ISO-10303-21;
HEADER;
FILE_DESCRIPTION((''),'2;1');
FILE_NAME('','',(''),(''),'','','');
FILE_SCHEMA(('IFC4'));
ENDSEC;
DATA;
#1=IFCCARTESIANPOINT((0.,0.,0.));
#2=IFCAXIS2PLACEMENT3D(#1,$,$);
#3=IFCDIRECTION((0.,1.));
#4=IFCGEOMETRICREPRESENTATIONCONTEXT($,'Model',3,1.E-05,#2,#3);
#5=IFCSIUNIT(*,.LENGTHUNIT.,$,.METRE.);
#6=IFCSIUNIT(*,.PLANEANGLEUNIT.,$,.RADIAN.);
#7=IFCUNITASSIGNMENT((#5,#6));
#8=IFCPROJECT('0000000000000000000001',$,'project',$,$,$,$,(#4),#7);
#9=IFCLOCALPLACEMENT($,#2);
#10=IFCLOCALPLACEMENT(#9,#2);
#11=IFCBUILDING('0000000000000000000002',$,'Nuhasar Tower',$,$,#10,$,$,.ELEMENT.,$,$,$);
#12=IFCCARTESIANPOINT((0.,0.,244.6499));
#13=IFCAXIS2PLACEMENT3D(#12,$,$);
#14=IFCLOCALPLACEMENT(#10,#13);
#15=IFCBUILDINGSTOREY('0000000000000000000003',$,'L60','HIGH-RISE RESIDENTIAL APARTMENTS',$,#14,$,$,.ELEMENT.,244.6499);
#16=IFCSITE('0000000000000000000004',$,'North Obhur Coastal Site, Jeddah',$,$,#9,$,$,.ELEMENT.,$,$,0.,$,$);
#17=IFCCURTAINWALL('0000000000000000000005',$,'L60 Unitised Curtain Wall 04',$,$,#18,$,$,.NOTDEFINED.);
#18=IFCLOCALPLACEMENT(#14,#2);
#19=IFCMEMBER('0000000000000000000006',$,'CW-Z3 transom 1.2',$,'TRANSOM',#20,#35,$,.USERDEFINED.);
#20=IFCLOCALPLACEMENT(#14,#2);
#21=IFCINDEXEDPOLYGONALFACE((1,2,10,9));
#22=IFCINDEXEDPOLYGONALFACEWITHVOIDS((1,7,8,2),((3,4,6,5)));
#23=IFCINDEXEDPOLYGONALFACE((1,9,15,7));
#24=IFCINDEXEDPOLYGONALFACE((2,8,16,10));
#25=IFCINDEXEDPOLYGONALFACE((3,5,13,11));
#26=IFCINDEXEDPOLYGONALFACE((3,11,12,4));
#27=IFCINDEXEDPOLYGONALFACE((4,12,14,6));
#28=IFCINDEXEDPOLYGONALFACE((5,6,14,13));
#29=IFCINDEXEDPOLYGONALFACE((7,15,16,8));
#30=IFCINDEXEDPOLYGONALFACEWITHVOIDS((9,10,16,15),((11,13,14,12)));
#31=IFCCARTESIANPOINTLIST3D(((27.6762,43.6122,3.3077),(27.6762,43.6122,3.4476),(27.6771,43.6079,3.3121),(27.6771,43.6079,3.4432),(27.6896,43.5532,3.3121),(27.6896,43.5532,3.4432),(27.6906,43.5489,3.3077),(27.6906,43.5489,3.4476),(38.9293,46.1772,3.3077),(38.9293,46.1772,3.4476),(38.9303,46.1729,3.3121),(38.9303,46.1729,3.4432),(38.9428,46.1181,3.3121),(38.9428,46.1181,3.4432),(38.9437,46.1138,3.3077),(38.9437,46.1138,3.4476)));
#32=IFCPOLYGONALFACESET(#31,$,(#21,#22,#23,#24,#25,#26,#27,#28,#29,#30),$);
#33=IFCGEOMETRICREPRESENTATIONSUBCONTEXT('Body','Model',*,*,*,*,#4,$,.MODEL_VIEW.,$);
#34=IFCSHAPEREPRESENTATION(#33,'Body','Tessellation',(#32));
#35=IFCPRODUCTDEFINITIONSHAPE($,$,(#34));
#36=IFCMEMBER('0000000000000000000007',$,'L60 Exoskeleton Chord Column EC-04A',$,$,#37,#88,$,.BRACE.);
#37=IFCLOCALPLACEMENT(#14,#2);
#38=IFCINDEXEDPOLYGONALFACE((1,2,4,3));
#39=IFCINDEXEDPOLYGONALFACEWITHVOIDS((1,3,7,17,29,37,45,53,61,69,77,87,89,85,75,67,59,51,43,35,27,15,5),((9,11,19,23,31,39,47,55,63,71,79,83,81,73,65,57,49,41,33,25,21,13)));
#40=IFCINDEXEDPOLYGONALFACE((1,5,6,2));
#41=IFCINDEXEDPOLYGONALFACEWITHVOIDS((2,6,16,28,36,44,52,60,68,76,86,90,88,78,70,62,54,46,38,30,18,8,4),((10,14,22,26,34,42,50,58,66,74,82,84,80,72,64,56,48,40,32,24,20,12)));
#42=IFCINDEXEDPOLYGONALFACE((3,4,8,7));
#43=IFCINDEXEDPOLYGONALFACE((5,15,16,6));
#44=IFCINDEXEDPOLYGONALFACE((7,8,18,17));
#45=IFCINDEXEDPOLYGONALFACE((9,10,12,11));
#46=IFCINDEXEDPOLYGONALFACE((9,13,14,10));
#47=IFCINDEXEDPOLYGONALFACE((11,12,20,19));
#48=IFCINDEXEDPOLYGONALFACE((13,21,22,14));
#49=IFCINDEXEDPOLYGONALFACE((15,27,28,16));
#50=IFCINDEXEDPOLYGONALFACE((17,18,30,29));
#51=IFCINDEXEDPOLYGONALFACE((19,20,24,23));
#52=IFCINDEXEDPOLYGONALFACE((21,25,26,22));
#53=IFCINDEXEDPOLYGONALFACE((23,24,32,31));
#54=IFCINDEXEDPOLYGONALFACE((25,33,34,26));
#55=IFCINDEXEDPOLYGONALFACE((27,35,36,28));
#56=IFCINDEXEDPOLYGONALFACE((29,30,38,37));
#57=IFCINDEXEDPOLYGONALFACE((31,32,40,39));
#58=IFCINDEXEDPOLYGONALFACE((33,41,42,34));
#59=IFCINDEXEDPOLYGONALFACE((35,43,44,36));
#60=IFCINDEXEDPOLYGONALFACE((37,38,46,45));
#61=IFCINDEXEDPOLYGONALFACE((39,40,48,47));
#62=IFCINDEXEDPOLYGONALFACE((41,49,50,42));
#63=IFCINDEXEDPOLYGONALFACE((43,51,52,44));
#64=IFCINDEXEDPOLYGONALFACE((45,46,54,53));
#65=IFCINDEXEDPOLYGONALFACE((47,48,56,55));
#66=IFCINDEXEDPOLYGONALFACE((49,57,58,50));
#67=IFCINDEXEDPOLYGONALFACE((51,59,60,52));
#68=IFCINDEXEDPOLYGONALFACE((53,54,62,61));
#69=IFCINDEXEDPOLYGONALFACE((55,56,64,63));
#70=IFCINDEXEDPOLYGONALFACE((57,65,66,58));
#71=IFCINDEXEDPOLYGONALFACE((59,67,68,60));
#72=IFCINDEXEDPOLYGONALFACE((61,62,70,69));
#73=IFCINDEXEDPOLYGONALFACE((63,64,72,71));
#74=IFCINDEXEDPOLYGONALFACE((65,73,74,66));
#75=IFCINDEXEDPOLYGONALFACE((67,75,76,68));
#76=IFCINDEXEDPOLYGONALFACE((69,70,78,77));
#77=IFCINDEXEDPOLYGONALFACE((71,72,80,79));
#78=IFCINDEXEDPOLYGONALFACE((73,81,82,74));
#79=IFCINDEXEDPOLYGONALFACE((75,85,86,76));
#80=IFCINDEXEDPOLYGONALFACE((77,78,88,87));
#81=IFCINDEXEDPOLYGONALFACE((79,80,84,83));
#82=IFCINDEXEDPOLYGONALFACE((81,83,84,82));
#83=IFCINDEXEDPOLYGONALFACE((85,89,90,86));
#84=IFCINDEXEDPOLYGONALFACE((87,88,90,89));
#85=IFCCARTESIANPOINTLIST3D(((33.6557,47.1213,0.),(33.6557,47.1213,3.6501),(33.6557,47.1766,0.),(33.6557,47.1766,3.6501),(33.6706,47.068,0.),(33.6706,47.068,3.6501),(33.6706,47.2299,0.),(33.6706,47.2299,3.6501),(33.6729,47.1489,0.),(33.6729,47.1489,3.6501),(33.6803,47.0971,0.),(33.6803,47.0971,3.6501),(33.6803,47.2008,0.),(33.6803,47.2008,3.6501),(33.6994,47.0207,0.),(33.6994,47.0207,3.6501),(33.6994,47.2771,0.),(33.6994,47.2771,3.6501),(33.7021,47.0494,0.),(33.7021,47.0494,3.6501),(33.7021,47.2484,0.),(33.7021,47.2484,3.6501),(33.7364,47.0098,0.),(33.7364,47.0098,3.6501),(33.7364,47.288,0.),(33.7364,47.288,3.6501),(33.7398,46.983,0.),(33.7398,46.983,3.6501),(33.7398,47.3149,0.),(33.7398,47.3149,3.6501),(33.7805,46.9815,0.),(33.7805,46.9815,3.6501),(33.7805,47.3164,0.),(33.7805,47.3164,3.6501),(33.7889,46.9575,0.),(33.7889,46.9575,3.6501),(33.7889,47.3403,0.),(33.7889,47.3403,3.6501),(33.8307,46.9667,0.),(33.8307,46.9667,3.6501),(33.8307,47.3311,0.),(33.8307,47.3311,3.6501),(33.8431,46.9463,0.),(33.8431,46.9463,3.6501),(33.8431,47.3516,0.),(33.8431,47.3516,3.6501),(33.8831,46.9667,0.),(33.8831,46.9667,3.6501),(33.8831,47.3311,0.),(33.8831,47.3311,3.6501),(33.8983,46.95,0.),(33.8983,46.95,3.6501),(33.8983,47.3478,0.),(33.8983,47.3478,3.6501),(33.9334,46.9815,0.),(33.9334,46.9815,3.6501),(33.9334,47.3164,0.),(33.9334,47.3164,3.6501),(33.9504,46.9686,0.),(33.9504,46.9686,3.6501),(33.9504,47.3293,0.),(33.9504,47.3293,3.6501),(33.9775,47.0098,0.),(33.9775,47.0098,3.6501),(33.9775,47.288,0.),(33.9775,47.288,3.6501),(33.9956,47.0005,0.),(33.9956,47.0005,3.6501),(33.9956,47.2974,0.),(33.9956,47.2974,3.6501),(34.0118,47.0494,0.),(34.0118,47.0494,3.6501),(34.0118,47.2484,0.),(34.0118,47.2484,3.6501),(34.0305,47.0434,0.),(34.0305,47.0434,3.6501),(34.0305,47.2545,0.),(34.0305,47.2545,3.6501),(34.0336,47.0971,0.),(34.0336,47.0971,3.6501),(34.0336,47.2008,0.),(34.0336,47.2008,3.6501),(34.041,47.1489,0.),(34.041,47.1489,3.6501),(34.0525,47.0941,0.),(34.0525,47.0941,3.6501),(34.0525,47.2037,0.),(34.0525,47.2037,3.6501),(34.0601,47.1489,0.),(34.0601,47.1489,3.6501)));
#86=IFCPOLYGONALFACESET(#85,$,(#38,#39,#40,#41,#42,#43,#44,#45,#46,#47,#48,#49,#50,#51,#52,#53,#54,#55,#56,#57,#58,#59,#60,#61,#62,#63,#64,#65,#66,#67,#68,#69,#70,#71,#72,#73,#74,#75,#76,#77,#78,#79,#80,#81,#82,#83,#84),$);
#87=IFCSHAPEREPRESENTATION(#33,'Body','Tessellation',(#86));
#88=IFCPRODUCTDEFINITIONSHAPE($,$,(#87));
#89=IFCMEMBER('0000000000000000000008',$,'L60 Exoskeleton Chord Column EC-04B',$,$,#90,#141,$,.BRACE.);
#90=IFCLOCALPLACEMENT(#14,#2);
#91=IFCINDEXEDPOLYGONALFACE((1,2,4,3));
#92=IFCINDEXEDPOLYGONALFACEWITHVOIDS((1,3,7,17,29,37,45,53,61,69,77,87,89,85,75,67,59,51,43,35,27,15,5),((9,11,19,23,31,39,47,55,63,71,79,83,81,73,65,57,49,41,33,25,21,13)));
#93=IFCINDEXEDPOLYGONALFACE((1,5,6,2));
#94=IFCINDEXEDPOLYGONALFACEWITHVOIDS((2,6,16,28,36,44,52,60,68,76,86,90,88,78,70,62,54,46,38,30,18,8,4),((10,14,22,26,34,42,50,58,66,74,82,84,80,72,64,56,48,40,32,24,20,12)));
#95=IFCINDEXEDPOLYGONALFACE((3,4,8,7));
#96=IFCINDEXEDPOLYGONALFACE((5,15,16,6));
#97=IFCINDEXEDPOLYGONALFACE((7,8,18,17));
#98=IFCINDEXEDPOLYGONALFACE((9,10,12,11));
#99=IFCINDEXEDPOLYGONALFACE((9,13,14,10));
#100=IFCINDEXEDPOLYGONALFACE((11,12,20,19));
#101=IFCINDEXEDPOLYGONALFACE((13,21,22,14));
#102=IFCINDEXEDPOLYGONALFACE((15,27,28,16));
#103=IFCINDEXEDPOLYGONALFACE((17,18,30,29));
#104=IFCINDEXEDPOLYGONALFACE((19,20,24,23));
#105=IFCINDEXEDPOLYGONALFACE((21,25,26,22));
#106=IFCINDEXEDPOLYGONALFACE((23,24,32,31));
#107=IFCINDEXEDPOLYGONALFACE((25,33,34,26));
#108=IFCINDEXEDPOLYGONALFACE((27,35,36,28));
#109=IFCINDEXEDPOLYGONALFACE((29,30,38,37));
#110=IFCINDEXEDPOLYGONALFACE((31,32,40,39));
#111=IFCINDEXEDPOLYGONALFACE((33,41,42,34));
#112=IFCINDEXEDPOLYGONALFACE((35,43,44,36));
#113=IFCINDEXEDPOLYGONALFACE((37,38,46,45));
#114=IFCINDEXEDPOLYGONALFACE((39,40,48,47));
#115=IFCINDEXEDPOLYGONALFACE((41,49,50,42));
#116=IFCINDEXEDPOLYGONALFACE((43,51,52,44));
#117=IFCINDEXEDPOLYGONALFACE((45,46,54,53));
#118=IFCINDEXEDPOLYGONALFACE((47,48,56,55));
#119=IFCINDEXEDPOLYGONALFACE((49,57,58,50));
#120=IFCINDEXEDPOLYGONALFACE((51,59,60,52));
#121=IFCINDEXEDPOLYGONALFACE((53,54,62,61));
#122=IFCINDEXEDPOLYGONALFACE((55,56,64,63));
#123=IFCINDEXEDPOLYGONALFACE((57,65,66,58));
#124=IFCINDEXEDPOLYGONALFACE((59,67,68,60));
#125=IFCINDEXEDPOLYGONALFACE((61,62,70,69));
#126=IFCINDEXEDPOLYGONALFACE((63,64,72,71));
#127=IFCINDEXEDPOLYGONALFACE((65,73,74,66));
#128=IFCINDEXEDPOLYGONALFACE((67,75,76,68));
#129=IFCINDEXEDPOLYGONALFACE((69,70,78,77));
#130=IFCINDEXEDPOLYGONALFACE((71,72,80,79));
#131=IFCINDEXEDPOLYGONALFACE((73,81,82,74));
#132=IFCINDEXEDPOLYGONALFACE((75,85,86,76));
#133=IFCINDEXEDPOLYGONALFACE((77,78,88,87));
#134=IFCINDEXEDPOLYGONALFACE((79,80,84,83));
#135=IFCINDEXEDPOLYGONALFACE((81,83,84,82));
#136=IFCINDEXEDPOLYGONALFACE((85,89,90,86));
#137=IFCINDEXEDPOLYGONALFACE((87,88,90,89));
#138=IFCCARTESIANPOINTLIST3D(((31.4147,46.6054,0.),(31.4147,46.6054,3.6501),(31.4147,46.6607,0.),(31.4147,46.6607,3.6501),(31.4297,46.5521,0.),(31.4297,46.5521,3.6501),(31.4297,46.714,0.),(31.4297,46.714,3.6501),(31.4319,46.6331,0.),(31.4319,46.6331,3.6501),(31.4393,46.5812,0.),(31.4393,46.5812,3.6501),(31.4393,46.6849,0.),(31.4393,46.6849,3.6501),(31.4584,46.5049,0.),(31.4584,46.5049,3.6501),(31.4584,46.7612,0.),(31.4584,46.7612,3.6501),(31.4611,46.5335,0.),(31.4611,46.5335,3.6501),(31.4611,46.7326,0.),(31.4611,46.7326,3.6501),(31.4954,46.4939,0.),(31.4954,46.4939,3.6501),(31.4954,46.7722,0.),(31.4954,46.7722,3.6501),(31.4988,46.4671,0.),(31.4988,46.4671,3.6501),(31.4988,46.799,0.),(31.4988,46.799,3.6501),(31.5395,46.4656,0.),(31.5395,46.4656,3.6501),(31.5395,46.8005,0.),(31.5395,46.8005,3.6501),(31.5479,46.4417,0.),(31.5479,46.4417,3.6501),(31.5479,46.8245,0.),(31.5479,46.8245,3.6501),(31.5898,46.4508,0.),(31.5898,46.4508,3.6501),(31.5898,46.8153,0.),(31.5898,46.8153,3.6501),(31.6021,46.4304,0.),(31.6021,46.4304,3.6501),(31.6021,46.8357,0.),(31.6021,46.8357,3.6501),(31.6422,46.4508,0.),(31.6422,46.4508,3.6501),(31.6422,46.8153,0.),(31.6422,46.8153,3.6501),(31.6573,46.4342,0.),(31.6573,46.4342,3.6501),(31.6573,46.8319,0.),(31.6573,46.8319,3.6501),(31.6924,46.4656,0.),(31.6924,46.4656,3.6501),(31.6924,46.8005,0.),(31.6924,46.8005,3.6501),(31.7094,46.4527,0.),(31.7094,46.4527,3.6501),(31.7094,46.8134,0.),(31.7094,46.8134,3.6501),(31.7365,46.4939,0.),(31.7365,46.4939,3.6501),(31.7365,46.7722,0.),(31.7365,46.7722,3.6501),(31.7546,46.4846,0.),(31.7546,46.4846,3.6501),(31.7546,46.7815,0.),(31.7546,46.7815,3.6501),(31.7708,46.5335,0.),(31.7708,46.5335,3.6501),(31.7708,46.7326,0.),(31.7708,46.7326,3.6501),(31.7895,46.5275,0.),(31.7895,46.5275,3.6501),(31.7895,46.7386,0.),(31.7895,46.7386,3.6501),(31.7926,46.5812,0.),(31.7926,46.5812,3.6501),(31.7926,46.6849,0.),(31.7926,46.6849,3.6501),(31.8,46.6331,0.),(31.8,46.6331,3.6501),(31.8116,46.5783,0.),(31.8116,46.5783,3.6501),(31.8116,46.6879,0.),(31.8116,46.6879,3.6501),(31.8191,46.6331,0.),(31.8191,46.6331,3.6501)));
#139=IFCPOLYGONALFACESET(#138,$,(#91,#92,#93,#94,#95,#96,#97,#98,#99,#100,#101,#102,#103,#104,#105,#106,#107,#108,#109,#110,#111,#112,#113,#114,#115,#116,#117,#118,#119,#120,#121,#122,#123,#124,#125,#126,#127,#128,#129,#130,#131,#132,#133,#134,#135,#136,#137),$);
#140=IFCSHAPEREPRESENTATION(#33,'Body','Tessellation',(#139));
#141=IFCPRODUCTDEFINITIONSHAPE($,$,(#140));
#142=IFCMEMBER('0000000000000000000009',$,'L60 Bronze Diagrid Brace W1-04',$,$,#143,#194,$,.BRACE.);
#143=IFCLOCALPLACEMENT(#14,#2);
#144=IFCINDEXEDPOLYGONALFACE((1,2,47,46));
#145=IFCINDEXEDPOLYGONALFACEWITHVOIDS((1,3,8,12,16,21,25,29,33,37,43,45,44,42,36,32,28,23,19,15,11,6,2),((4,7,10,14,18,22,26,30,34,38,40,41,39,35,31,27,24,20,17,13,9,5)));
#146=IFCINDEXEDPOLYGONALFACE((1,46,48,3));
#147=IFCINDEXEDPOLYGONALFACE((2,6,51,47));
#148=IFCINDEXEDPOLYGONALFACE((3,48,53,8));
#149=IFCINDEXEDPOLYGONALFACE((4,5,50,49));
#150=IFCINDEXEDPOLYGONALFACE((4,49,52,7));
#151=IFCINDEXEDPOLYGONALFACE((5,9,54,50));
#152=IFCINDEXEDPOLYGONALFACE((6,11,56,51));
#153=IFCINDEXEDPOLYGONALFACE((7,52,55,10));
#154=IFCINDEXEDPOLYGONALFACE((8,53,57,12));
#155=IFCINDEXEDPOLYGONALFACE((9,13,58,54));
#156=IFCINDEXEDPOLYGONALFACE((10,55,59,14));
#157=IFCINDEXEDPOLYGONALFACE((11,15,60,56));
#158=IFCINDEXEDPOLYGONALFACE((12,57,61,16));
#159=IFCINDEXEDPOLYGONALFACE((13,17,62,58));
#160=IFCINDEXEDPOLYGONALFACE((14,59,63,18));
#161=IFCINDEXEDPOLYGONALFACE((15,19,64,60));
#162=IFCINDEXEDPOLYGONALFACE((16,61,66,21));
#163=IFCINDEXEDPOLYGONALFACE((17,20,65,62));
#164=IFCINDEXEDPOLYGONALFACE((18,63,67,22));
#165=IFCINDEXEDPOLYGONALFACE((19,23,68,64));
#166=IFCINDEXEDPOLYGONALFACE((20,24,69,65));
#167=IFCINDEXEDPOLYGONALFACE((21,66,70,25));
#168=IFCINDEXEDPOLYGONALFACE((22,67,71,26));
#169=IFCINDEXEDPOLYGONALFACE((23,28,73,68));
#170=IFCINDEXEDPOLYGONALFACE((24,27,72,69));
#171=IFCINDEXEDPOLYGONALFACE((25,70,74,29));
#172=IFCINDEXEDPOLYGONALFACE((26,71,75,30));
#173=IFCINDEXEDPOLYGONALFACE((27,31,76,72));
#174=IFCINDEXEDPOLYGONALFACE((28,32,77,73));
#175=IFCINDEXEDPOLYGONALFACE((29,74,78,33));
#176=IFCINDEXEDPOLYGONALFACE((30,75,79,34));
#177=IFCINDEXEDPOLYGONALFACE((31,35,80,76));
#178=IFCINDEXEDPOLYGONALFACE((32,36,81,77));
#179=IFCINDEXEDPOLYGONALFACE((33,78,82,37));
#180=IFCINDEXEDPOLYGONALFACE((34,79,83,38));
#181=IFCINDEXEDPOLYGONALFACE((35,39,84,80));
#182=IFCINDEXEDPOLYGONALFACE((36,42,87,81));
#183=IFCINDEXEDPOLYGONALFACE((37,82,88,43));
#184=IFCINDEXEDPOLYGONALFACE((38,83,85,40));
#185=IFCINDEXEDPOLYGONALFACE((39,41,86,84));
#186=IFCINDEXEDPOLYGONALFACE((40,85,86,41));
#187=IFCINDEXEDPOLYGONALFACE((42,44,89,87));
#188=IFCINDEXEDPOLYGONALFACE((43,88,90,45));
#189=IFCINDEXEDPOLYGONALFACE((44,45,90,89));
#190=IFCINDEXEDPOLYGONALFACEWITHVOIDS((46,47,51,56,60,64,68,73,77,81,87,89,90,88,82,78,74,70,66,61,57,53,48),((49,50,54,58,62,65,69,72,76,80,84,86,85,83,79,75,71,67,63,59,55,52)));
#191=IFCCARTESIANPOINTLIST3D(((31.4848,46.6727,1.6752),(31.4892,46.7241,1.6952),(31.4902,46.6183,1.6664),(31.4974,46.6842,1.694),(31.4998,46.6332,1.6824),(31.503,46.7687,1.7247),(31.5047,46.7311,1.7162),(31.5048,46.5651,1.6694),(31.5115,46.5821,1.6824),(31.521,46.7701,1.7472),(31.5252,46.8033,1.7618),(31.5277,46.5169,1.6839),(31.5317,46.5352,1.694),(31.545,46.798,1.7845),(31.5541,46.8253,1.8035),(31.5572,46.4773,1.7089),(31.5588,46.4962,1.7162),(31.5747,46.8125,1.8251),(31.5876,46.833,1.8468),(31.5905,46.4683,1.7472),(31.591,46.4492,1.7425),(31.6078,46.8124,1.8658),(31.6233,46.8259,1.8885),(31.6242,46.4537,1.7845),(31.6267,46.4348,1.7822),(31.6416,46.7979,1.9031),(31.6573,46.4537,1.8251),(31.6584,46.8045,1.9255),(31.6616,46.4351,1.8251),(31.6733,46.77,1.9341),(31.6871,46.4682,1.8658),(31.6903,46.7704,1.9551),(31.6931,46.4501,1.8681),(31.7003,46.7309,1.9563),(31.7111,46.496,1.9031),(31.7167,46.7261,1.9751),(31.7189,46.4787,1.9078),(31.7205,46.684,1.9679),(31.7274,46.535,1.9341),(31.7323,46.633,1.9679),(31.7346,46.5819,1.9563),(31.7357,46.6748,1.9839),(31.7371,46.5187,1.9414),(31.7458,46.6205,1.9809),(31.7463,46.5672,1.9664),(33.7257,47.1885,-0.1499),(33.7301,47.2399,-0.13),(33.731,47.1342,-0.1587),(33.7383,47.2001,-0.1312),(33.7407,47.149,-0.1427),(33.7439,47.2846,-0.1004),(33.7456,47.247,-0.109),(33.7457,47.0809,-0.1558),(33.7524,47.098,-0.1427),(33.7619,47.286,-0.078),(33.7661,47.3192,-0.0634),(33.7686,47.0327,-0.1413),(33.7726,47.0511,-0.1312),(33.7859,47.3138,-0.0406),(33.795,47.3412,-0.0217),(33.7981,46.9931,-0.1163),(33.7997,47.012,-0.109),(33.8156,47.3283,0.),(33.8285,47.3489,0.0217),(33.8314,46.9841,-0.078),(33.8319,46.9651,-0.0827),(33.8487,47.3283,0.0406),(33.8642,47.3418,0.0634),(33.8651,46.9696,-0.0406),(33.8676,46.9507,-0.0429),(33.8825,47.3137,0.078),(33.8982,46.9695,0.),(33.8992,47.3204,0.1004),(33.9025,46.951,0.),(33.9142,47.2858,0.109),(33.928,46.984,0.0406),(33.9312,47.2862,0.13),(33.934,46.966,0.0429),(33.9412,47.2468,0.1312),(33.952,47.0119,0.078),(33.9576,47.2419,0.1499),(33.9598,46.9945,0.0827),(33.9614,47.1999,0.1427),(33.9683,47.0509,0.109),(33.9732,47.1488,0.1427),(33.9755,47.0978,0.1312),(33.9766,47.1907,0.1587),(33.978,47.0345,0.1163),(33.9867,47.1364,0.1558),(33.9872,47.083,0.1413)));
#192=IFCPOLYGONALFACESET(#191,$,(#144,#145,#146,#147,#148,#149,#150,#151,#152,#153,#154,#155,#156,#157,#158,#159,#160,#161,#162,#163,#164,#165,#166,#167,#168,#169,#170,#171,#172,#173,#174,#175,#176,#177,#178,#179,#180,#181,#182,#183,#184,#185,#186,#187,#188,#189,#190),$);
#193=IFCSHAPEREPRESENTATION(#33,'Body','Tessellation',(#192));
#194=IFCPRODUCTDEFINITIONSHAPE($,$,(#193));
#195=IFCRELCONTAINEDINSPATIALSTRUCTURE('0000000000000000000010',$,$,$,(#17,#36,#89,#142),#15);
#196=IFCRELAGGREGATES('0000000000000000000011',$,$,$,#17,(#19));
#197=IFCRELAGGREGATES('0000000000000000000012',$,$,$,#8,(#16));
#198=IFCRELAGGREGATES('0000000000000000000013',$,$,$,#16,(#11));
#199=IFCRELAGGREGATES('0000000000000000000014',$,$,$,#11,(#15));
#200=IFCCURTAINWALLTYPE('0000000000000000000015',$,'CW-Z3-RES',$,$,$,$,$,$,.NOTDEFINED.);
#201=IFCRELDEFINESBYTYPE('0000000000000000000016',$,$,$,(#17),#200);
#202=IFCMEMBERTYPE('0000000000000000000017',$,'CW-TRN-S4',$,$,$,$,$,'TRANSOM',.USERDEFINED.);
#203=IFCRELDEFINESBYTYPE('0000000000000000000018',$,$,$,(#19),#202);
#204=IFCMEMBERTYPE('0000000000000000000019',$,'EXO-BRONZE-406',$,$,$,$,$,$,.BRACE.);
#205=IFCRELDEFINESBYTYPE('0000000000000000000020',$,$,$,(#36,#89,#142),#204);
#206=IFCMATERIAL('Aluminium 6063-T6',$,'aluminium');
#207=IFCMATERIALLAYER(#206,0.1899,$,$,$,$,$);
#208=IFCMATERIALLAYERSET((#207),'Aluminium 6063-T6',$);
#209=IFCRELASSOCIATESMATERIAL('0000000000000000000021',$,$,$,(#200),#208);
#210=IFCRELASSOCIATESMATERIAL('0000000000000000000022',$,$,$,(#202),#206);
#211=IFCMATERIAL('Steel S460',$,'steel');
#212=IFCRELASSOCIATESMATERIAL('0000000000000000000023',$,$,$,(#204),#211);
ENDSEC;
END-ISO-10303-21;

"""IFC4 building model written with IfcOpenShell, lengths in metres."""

from ifc_helpers import new_model, si_unit, direction, frame, origin, origin_2d, place, context, subcontext, project, spatial, hollow_rectangle, hollow_circle, extrude, material, layer, layer_set, material_profile, profile_set, type_object, element, aggregate, save


model = new_model("IFC4")

# Units and contexts
model_context = context("Model", 3, precision=1e-05, world=origin(), true_north=direction((0.0, 1.0)))
body_context = subcontext(model_context, "Body", "Model", "MODEL_VIEW")
ifc_project = project(units=[si_unit("LENGTHUNIT", "METRE"), si_unit("PLANEANGLEUNIT", "RADIAN")], contexts=[model_context])

# Site, building, storey
site_placement = place(None, origin())
site = spatial("IfcSite", under=ifc_project, at=site_placement, Name="North Obhur Coastal Site, Jeddah", CompositionType="ELEMENT", RefElevation=0.0)
building_placement = place(site_placement, origin())
building = spatial("IfcBuilding", under=site, at=building_placement, Name="Nuhasar Tower", CompositionType="ELEMENT")
storey_placement = place(building_placement, frame((0.0, 0.0, 244.6499)))
storey = spatial("IfcBuildingStorey", under=building, at=storey_placement, Name="L60", Description="HIGH-RISE RESIDENTIAL APARTMENTS", CompositionType="ELEMENT", Elevation=244.6499)

# Curtain wall, member
ifc_material_1 = material(Name="Aluminium 6063-T6", Category="aluminium")
ifc_layer_1 = layer(ifc_material_1, 0.1899)
ifc_layer_set_1 = layer_set([ifc_layer_1], Name="Aluminium 6063-T6")
curtain_wall_type = type_object("IfcCurtainWallType", Name="CW-Z3-RES", PredefinedType="NOTDEFINED", material=ifc_layer_set_1)
curtain_wall_placement = place(storey_placement, origin())
curtain_wall = element("IfcCurtainWall", 1, at=curtain_wall_placement, inside=storey, type_object=curtain_wall_type, Name="L60 Unitised Curtain Wall 04", PredefinedType="NOTDEFINED")
ifc_material_profile_1 = material_profile(ifc_material_1, hollow_rectangle(XDim=0.0649, YDim=0.1399, WallThickness=0.0044, at=origin_2d()), Name="CWT-4")
ifc_profile_set_1 = profile_set([ifc_material_profile_1], Name="Aluminium 6063-T6")
member_type_1 = type_object("IfcMemberType", Name="CW-TRN-S4", ElementType="TRANSOM", PredefinedType="USERDEFINED", material=ifc_profile_set_1)
member_1_placement = place(storey_placement, frame((38.9365, 46.1455, 3.3777), z_axis=(-0.974994, -0.222231, 0.0), x_axis=(0.222231, -0.974994, 0.0)))
member_1 = element("IfcMember", 2, at=member_1_placement, type_object=member_type_1, Name="CW-Z3 transom 1.2", ObjectType="TRANSOM", PredefinedType="USERDEFINED", context=body_context, shape_type="SweptSolid", body=[
    extrude(hollow_rectangle(XDim=0.0649, YDim=0.1399, WallThickness=0.0044, at=origin_2d()), origin(), (0.0, 0.0, 1.0), 11.5417),
])

# Members
ifc_material_2 = material(Name="Steel S460", Category="steel")
ifc_material_profile_2 = material_profile(ifc_material_2, hollow_circle(Radius=0.2031, WallThickness=0.019, at=origin_2d()), Name="HSS406.4X19.1")
ifc_profile_set_2 = profile_set([ifc_material_profile_2], Name="Steel S460")
member_type_2 = type_object("IfcMemberType", Name="EXO-BRONZE-406", PredefinedType="BRACE", material=ifc_profile_set_2)
for number, where, z_axis, x_axis, name in (
    (3, (33.8569, 47.1489, 0.0), (0.0, 0.0, 1.0), (1.0, 0.0, 0.0), "L60 Exoskeleton Chord Column EC-04A"),
    (4, (31.616, 46.6331, 0.0), (0.0, 0.0, 1.0), (1.0, 0.0, 0.0), "L60 Exoskeleton Chord Column EC-04B"),
):
    element("IfcMember", number, at=place(storey_placement, frame(where, z_axis=z_axis, x_axis=x_axis)), inside=storey, type_object=member_type_2, Name=name, PredefinedType="BRACE", context=body_context, shape_type="SweptSolid", body=[
        extrude(hollow_circle(Radius=0.2031, WallThickness=0.019, at=origin_2d()), origin(), (0.0, 0.0, 1.0), 3.6501),
    ])
for number, where, z_axis, x_axis, name in (
    (5, (33.8569, 47.1489, 0.0), (-0.763303, -0.175712, 0.621686), (0.224332, -0.974513, 0.0), "L60 Bronze Diagrid Brace W1-04"),
):
    element("IfcMember", number, at=place(storey_placement, frame(where, z_axis=z_axis, x_axis=x_axis)), inside=storey, type_object=member_type_2, Name=name, PredefinedType="BRACE", context=body_context, shape_type="SweptSolid", body=[
        extrude(hollow_circle(Radius=0.2031, WallThickness=0.019, at=origin_2d()), origin(), (0.0, 0.0, 1.0), 2.9358),
    ])

aggregate(curtain_wall, [member_1])

save(model, "model.ifc")
